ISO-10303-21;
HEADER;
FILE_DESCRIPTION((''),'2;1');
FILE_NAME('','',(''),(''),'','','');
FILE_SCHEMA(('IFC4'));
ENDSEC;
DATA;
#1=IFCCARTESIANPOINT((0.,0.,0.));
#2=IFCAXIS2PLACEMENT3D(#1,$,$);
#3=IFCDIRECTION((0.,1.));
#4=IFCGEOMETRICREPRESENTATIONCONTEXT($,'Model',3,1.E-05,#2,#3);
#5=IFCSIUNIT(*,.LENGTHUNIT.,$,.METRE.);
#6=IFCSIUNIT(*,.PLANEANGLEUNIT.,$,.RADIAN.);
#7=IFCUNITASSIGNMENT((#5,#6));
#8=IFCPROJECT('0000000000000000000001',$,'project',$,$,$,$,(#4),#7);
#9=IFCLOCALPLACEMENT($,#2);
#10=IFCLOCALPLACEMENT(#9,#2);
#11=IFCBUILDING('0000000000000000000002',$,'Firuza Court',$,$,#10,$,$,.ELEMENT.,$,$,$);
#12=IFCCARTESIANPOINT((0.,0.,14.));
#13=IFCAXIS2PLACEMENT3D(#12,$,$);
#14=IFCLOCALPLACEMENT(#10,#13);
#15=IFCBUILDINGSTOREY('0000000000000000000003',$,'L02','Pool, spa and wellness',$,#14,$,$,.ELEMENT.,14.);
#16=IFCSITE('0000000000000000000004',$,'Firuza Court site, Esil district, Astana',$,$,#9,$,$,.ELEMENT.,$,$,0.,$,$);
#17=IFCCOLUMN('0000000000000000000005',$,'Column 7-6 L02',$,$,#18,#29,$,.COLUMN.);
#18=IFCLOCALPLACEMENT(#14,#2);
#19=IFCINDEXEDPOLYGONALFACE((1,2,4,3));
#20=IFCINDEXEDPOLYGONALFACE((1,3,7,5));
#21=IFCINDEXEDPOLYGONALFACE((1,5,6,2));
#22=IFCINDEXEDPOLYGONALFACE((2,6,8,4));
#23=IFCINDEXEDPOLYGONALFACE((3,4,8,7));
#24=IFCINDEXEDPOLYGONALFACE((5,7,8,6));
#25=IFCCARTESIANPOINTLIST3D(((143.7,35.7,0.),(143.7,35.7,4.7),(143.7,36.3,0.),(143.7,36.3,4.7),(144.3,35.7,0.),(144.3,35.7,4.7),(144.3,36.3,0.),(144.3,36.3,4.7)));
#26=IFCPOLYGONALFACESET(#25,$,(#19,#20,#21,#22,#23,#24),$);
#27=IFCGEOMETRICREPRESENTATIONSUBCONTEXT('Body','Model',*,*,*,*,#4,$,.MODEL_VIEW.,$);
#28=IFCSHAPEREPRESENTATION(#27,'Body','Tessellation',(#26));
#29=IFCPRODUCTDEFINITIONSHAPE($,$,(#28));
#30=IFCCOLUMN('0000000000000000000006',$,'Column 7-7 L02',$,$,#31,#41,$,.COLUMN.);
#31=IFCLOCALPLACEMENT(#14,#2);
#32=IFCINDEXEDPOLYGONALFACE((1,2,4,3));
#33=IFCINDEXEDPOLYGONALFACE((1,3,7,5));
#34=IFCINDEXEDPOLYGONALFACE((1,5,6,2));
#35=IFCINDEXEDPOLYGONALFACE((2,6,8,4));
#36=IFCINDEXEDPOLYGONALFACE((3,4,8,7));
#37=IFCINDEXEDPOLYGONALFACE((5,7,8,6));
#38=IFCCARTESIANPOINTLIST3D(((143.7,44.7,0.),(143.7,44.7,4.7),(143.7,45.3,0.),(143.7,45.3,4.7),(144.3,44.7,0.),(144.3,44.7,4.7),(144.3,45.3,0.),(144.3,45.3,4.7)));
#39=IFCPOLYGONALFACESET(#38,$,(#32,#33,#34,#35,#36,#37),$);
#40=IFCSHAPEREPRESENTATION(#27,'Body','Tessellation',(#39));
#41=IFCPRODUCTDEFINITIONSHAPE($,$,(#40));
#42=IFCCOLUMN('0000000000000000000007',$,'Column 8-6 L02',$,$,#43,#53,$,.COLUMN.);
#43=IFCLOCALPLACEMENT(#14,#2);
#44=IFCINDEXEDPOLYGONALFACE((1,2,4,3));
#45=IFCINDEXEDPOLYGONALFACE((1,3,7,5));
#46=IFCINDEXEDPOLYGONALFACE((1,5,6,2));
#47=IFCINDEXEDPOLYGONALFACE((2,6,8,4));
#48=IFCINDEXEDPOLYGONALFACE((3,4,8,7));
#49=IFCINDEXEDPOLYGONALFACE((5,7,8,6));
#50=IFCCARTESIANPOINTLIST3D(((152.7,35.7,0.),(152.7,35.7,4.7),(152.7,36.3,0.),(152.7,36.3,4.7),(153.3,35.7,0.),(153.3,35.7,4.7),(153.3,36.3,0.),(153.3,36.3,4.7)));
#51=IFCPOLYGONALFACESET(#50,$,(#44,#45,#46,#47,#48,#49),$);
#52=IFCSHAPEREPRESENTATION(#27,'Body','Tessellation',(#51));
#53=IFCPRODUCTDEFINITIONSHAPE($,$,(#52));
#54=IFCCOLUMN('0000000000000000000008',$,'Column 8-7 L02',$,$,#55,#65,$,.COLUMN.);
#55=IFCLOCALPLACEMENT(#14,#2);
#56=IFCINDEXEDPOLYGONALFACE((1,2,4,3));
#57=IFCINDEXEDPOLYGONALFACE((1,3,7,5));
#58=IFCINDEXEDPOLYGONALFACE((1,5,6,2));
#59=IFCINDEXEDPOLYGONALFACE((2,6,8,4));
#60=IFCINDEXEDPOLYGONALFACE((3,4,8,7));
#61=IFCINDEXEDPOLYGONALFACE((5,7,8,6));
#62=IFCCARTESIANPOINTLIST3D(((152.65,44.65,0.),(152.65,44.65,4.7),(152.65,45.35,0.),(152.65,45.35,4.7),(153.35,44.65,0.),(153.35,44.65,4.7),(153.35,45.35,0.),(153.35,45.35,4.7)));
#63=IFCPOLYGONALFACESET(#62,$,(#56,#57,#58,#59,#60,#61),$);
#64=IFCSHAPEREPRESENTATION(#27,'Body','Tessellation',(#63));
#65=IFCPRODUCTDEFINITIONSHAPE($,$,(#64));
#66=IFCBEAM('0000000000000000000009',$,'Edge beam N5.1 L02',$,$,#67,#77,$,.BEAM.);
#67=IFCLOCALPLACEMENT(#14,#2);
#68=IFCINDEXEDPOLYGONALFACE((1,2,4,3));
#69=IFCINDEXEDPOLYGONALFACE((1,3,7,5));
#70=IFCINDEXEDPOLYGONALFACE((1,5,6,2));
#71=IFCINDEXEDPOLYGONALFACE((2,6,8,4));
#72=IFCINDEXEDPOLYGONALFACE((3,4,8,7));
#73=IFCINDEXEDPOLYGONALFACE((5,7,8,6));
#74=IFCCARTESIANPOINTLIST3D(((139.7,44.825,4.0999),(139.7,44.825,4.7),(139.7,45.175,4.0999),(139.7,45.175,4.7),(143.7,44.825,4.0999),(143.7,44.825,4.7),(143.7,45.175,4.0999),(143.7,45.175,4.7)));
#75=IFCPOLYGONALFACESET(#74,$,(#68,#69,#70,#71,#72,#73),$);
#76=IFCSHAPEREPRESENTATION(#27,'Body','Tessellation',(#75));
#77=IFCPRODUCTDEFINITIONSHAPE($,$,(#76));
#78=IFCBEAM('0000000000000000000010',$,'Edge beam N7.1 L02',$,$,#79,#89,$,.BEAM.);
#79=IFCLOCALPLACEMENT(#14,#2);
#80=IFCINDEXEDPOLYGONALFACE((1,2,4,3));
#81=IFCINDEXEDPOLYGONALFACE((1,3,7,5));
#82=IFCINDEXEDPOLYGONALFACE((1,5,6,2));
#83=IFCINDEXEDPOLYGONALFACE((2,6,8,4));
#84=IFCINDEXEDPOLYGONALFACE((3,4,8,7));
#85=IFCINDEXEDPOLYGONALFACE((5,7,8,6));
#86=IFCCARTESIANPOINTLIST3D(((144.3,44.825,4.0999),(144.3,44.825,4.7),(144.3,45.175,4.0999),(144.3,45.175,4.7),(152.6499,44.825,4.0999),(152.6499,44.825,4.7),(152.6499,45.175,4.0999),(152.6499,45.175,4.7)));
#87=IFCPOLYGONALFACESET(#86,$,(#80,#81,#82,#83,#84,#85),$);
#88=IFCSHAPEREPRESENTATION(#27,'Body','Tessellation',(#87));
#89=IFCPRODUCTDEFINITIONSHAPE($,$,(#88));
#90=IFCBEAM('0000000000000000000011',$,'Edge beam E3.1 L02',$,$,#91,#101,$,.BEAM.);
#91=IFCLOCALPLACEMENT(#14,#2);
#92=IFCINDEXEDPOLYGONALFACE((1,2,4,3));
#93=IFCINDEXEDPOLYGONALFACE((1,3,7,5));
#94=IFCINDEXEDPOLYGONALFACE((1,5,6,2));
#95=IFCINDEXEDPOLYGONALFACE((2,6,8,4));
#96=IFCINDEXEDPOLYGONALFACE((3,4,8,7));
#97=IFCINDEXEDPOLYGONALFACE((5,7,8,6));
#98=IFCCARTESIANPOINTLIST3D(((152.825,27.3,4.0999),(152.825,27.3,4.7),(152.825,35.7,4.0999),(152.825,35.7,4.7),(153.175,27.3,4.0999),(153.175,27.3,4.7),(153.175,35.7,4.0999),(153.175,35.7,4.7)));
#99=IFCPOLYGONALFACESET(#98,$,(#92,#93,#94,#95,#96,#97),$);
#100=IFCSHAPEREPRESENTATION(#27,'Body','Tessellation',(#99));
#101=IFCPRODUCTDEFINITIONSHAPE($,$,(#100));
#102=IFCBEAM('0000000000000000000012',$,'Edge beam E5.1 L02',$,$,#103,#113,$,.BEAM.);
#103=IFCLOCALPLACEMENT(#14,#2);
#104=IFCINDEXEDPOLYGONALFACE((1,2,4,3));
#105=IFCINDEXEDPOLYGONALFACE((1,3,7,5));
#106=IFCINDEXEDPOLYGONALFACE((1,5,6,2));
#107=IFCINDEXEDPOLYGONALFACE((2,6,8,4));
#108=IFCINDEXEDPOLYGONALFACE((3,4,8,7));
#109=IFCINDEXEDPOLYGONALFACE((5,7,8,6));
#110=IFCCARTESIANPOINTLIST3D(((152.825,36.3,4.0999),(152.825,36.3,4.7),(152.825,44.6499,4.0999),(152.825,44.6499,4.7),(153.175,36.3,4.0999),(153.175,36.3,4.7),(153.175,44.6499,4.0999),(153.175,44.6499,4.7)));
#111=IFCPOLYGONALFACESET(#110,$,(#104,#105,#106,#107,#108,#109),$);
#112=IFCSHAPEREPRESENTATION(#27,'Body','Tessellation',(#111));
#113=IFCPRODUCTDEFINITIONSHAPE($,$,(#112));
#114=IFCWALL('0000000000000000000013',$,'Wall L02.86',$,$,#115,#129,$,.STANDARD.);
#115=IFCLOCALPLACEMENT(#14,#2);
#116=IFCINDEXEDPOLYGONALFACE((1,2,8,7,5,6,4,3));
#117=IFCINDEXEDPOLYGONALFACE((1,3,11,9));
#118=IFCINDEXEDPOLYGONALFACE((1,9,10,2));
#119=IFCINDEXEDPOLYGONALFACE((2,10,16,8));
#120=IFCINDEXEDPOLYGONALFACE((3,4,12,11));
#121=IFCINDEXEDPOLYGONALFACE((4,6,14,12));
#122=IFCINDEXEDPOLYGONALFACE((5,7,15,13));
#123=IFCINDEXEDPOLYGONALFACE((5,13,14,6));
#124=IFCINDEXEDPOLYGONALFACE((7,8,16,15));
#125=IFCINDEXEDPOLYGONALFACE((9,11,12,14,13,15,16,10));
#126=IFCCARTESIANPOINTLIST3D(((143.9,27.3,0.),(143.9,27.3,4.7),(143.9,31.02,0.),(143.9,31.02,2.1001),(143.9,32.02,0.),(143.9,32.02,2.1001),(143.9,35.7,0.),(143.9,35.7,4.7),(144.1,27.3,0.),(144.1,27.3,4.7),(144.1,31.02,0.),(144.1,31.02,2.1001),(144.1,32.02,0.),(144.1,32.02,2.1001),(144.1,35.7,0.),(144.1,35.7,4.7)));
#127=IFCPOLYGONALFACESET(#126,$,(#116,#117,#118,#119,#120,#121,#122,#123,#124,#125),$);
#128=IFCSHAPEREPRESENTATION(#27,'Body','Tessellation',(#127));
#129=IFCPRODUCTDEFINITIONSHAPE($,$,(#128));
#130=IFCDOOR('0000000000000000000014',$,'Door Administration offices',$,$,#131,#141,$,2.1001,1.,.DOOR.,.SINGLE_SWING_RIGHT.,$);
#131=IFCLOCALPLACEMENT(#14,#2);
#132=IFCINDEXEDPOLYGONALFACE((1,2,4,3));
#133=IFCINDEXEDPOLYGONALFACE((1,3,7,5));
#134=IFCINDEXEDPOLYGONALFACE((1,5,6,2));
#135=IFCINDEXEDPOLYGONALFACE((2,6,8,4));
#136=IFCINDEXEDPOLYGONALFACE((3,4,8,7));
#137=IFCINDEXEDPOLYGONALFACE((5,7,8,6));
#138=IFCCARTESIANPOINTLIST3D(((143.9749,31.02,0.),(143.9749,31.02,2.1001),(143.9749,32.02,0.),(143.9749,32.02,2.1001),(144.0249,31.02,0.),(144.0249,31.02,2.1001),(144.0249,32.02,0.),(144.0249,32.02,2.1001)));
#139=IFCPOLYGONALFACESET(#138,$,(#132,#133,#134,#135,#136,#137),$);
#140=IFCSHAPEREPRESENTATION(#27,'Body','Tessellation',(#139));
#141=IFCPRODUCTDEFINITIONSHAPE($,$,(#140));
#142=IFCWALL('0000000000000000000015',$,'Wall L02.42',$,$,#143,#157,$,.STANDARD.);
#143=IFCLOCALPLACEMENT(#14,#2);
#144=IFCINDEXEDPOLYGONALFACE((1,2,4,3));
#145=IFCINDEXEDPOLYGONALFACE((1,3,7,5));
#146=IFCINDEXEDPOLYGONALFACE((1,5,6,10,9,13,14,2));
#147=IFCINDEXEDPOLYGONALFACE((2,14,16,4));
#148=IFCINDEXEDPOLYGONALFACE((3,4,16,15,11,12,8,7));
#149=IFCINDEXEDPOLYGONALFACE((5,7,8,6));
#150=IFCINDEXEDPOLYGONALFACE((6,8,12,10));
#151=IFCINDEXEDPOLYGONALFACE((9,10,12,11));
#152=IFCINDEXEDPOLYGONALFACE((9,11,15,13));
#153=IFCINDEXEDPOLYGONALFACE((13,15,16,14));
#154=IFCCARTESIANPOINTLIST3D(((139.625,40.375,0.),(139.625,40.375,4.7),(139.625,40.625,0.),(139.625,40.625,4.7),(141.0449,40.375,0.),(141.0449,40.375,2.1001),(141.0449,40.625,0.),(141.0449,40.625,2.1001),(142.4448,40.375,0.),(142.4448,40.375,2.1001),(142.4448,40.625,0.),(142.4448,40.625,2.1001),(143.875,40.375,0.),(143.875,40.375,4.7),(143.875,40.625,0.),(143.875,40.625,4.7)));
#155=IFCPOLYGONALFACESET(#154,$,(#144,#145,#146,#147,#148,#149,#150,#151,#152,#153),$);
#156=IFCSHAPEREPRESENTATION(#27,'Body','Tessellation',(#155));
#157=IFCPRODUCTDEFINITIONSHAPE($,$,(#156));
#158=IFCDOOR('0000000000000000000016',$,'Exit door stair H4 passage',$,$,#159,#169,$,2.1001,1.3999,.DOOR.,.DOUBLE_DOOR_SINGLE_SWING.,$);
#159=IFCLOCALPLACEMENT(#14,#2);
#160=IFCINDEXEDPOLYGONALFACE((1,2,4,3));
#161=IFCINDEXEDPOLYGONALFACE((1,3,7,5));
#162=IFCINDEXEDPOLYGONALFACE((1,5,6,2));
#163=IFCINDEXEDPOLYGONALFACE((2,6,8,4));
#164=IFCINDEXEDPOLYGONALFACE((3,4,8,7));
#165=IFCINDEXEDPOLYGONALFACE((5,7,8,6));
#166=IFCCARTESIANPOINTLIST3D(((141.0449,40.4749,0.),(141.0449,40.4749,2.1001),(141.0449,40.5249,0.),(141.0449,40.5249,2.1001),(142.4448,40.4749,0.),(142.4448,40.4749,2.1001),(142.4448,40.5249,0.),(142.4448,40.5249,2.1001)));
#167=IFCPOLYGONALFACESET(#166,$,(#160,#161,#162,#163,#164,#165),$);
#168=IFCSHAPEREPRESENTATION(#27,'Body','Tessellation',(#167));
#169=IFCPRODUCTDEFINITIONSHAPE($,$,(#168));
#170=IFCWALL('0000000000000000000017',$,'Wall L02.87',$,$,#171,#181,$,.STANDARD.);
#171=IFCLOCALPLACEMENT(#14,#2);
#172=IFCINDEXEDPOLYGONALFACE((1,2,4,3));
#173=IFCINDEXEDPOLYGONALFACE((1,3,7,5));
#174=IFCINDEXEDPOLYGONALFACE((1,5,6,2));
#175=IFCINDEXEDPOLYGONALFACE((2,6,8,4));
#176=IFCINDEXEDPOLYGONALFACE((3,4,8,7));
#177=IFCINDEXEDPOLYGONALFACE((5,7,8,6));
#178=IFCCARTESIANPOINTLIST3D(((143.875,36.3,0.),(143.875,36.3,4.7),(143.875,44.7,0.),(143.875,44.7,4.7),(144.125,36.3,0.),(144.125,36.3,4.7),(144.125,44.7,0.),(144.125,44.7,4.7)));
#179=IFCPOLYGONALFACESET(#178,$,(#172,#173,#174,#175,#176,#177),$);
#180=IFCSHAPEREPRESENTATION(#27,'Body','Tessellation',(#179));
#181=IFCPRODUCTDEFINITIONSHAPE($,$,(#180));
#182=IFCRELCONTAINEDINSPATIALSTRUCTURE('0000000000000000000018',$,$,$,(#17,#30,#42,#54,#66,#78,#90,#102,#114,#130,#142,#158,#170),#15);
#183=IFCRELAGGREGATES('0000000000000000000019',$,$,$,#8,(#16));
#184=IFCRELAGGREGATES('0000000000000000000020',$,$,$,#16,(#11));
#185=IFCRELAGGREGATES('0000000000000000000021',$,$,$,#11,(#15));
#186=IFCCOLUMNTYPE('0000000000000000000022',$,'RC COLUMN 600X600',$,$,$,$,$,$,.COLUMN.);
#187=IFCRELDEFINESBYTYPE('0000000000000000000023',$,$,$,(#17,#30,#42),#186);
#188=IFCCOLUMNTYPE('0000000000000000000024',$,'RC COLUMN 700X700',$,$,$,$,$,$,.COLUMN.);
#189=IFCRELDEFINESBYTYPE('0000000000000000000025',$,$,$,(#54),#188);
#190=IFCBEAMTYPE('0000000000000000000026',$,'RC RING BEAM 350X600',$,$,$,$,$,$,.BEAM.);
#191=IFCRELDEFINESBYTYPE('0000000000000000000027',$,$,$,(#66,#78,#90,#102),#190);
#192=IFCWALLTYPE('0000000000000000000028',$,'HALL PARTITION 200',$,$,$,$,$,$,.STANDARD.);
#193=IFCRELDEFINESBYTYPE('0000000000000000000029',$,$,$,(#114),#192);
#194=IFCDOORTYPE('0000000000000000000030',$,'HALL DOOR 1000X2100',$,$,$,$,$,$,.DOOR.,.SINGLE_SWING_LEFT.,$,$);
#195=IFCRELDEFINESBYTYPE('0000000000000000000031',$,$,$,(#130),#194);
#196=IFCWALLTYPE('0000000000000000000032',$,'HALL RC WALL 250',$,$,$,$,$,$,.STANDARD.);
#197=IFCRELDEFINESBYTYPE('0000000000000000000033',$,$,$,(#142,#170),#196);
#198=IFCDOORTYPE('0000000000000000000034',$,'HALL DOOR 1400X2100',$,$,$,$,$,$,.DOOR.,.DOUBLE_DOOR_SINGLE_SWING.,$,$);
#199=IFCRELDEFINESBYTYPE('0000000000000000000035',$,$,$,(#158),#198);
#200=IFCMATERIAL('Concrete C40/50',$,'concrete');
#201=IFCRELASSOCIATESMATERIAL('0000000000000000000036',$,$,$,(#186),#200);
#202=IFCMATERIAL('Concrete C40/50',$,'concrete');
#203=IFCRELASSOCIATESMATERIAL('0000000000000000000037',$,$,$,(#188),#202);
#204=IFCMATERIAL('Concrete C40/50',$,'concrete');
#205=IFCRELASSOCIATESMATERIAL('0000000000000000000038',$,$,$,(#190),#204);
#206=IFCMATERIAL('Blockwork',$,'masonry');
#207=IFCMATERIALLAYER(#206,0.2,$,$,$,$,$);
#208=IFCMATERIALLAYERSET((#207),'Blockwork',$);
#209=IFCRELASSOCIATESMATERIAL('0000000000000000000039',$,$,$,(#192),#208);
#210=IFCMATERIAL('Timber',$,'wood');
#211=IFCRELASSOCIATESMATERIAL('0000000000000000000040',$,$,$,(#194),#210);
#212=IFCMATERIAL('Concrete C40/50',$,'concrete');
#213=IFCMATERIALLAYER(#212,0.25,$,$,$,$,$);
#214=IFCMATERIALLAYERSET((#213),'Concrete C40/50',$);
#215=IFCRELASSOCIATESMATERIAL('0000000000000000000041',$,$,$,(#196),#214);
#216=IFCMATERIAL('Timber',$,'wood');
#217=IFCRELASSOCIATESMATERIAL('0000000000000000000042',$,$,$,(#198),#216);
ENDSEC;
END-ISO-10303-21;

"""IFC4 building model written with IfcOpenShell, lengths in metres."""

from ifc_helpers import new_model, si_unit, direction, frame, frame_2d, origin, origin_2d, place, context, subcontext, project, spatial, rectangle, extrude, material, layer, layer_set, material_profile, profile_set, type_object, element, fill, save


model = new_model("IFC4")

# Units and contexts
model_context = context("Model", 3, precision=1e-05, world=origin(), true_north=direction((0.0, 1.0)))
body_context = subcontext(model_context, "Body", "Model", "MODEL_VIEW")
ifc_project = project(units=[si_unit("LENGTHUNIT", "METRE"), si_unit("PLANEANGLEUNIT", "RADIAN")], contexts=[model_context])

# Site, building, storey
site_placement = place(None, origin())
site = spatial("IfcSite", under=ifc_project, at=site_placement, Name="Firuza Court site, Esil district, Astana", CompositionType="ELEMENT", RefElevation=0.0)
building_placement = place(site_placement, origin())
building = spatial("IfcBuilding", under=site, at=building_placement, Name="Firuza Court", CompositionType="ELEMENT")
storey_placement = place(building_placement, frame((0.0, 0.0, 14.0)))
storey = spatial("IfcBuildingStorey", under=building, at=storey_placement, Name="L02", Description="Pool, spa and wellness", CompositionType="ELEMENT", Elevation=14.0)

# Columns
ifc_material_1 = material(Name="Concrete C40/50", Category="concrete")
ifc_material_profile_1 = material_profile(ifc_material_1, rectangle(XDim=0.6001, YDim=0.6001, at=origin_2d()), Name="RC 600X600")
ifc_profile_set_1 = profile_set([ifc_material_profile_1], Name="Concrete C40/50")
column_type_1 = type_object("IfcColumnType", Name="RC COLUMN 600X600", PredefinedType="COLUMN", material=ifc_profile_set_1)
for number, where, z_axis, x_axis, name in (
    (1, (144.0, 36.0, 0.0), (0.0, 0.0, 1.0), (1.0, 0.0, 0.0), "Column 7-6 L02"),
    (2, (144.0, 45.0, 0.0), (0.0, 0.0, 1.0), (1.0, 0.0, 0.0), "Column 7-7 L02"),
    (3, (153.0, 36.0, 0.0), (0.0, 0.0, 1.0), (1.0, 0.0, 0.0), "Column 8-6 L02"),
):
    element("IfcColumn", number, at=place(storey_placement, frame(where, z_axis=z_axis, x_axis=x_axis)), inside=storey, type_object=column_type_1, Name=name, PredefinedType="COLUMN", context=body_context, shape_type="SweptSolid", body=[
        extrude(rectangle(XDim=0.6001, YDim=0.6001, at=origin_2d()), origin(), (0.0, 0.0, 1.0), 4.7),
    ])
ifc_material_2 = material(Name="Concrete C40/50", Category="concrete")
ifc_material_profile_2 = material_profile(ifc_material_2, rectangle(XDim=0.7, YDim=0.7, at=origin_2d()), Name="RC 700X700")
ifc_profile_set_2 = profile_set([ifc_material_profile_2], Name="Concrete C40/50")
column_type_2 = type_object("IfcColumnType", Name="RC COLUMN 700X700", PredefinedType="COLUMN", material=ifc_profile_set_2)
column_placement = place(storey_placement, frame((153.0, 45.0, 0.0), z_axis=(0.0, 0.0, 1.0), x_axis=(1.0, 0.0, 0.0)))
element("IfcColumn", 4, at=column_placement, inside=storey, type_object=column_type_2, Name="Column 8-7 L02", PredefinedType="COLUMN", context=body_context, shape_type="SweptSolid", body=[
    extrude(rectangle(XDim=0.7, YDim=0.7, at=origin_2d()), origin(), (0.0, 0.0, 1.0), 4.7),
])

# Beams
ifc_material_3 = material(Name="Concrete C40/50", Category="concrete")
ifc_material_profile_3 = material_profile(ifc_material_3, rectangle(XDim=0.3501, YDim=0.6001, at=origin_2d()), Name="RC 350X600")
ifc_profile_set_3 = profile_set([ifc_material_profile_3], Name="Concrete C40/50")
beam_type = type_object("IfcBeamType", Name="RC RING BEAM 350X600", PredefinedType="BEAM", material=ifc_profile_set_3)
beam_1_placement = place(storey_placement, frame((139.7, 45.0, 4.3999), z_axis=(1.0, 0.0, 0.0), x_axis=(0.0, 1.0, 0.0)))
element("IfcBeam", 5, at=beam_1_placement, inside=storey, type_object=beam_type, Name="Edge beam N5.1 L02", PredefinedType="BEAM", context=body_context, shape_type="SweptSolid", body=[
    extrude(rectangle(XDim=0.3501, YDim=0.6001, at=origin_2d()), origin(), (0.0, 0.0, 1.0), 4.0),
])
beam_2_placement = place(storey_placement, frame((144.3, 45.0, 4.3999), z_axis=(1.0, 0.0, 0.0), x_axis=(0.0, 1.0, 0.0)))
element("IfcBeam", 6, at=beam_2_placement, inside=storey, type_object=beam_type, Name="Edge beam N7.1 L02", PredefinedType="BEAM", context=body_context, shape_type="SweptSolid", body=[
    extrude(rectangle(XDim=0.3501, YDim=0.6001, at=origin_2d()), origin(), (0.0, 0.0, 1.0), 8.3499),
])
beam_3_placement = place(storey_placement, frame((153.0, 27.3, 4.3999), z_axis=(0.0, 1.0, 0.0), x_axis=(-1.0, 0.0, 0.0)))
element("IfcBeam", 7, at=beam_3_placement, inside=storey, type_object=beam_type, Name="Edge beam E3.1 L02", PredefinedType="BEAM", context=body_context, shape_type="SweptSolid", body=[
    extrude(rectangle(XDim=0.3501, YDim=0.6001, at=origin_2d()), origin(), (0.0, 0.0, 1.0), 8.3999),
])
beam_4_placement = place(storey_placement, frame((153.0, 36.3, 4.3999), z_axis=(0.0, 1.0, 0.0), x_axis=(-1.0, 0.0, 0.0)))
element("IfcBeam", 8, at=beam_4_placement, inside=storey, type_object=beam_type, Name="Edge beam E5.1 L02", PredefinedType="BEAM", context=body_context, shape_type="SweptSolid", body=[
    extrude(rectangle(XDim=0.3501, YDim=0.6001, at=origin_2d()), origin(), (0.0, 0.0, 1.0), 8.3499),
])

# Walls, openings, doors
ifc_material_4 = material(Name="Blockwork", Category="masonry")
ifc_layer_1 = layer(ifc_material_4, 0.2)
ifc_layer_set_1 = layer_set([ifc_layer_1], Name="Blockwork")
wall_type_1 = type_object("IfcWallType", Name="HALL PARTITION 200", PredefinedType="STANDARD", material=ifc_layer_set_1)
wall_1_placement = place(storey_placement, frame((144.0, 27.3, 0.0), z_axis=(0.0, 0.0, 1.0), x_axis=(0.0, 1.0, 0.0)))
wall_1 = element("IfcWall", 9, at=wall_1_placement, inside=storey, type_object=wall_type_1, Name="Wall L02.86", PredefinedType="STANDARD", context=body_context, shape_type="SweptSolid", body=[
    extrude(rectangle(XDim=8.3999, YDim=0.2, at=frame_2d((4.2, 0.0))), origin(), (0.0, 0.0, 1.0), 4.7),
])
opening_1_placement = place(wall_1_placement, frame((3.72, 0.0, 0.0)))
opening_1 = element("IfcOpeningElement", 10, at=opening_1_placement, cuts=wall_1, PredefinedType="OPENING", context=body_context, shape_type="SweptSolid", body=[
    extrude(rectangle(XDim=1.0, YDim=2.1001, at=frame_2d((0.5, 1.05))), frame((0.0, 0.1118, 0.0), z_axis=(0.0, -1.0, 0.0), x_axis=(1.0, 0.0, 0.0)), (0.0, 0.0, 1.0), 0.2239),
])
ifc_material_5 = material(Name="Timber", Category="wood")
door_type_1 = type_object("IfcDoorType", Name="HALL DOOR 1000X2100", OperationType="SINGLE_SWING_LEFT", PredefinedType="DOOR", material=ifc_material_5)
door_1_placement = place(opening_1_placement, frame((1.0, 0.0, 0.0), z_axis=(0.0, 0.0, 1.0), x_axis=(-1.0, 0.0, 0.0)))
door_1 = element("IfcDoor", 11, at=door_1_placement, inside=storey, type_object=door_type_1, Name="Door Administration offices", OperationType="SINGLE_SWING_RIGHT", OverallHeight=2.1001, OverallWidth=1.0, PredefinedType="DOOR", context=body_context, shape_type="SweptSolid", body=[
    extrude(rectangle(XDim=1.0, YDim=2.1001, at=frame_2d((0.5, 1.05))), frame((0.0, 0.0249, 0.0), z_axis=(0.0, -1.0, 0.0), x_axis=(1.0, 0.0, 0.0)), (0.0, 0.0, 1.0), 0.05),
])
fill(opening_1, door_1)
ifc_material_6 = material(Name="Concrete C40/50", Category="concrete")
ifc_layer_2 = layer(ifc_material_6, 0.25)
ifc_layer_set_2 = layer_set([ifc_layer_2], Name="Concrete C40/50")
wall_type_2 = type_object("IfcWallType", Name="HALL RC WALL 250", PredefinedType="STANDARD", material=ifc_layer_set_2)
wall_2_placement = place(storey_placement, frame((139.625, 40.5, 0.0), z_axis=(0.0, 0.0, 1.0), x_axis=(1.0, 0.0, 0.0)))
wall_2 = element("IfcWall", 12, at=wall_2_placement, inside=storey, type_object=wall_type_2, Name="Wall L02.42", PredefinedType="STANDARD", context=body_context, shape_type="SweptSolid", body=[
    extrude(rectangle(XDim=4.25, YDim=0.25, at=frame_2d((2.125, 0.0))), origin(), (0.0, 0.0, 1.0), 4.7),
])
opening_2_placement = place(wall_2_placement, frame((1.4199, 0.0, 0.0)))
opening_2 = element("IfcOpeningElement", 13, at=opening_2_placement, cuts=wall_2, PredefinedType="OPENING", context=body_context, shape_type="SweptSolid", body=[
    extrude(rectangle(XDim=1.3999, YDim=2.1001, at=frame_2d((0.7, 1.05))), frame((0.0, 0.137, 0.0), z_axis=(0.0, -1.0, 0.0), x_axis=(1.0, 0.0, 0.0)), (0.0, 0.0, 1.0), 0.2739),
])
ifc_material_7 = material(Name="Timber", Category="wood")
door_type_2 = type_object("IfcDoorType", Name="HALL DOOR 1400X2100", OperationType="DOUBLE_DOOR_SINGLE_SWING", PredefinedType="DOOR", material=ifc_material_7)
door_2_placement = place(opening_2_placement, origin())
door_2 = element("IfcDoor", 14, at=door_2_placement, inside=storey, type_object=door_type_2, Name="Exit door stair H4 passage", OperationType="DOUBLE_DOOR_SINGLE_SWING", OverallHeight=2.1001, OverallWidth=1.3999, PredefinedType="DOOR", context=body_context, shape_type="SweptSolid", body=[
    extrude(rectangle(XDim=1.3999, YDim=2.1001, at=frame_2d((0.7, 1.05))), frame((0.0, 0.0249, 0.0), z_axis=(0.0, -1.0, 0.0), x_axis=(1.0, 0.0, 0.0)), (0.0, 0.0, 1.0), 0.05),
])
fill(opening_2, door_2)

# Wall
wall_3_placement = place(storey_placement, frame((144.0, 36.3, 0.0), z_axis=(0.0, 0.0, 1.0), x_axis=(0.0, 1.0, 0.0)))
element("IfcWall", 15, at=wall_3_placement, inside=storey, type_object=wall_type_2, Name="Wall L02.87", PredefinedType="STANDARD", context=body_context, shape_type="SweptSolid", body=[
    extrude(rectangle(XDim=8.3999, YDim=0.25, at=frame_2d((4.2, 0.0))), origin(), (0.0, 0.0, 1.0), 4.7),
])

save(model, "model.ifc")
